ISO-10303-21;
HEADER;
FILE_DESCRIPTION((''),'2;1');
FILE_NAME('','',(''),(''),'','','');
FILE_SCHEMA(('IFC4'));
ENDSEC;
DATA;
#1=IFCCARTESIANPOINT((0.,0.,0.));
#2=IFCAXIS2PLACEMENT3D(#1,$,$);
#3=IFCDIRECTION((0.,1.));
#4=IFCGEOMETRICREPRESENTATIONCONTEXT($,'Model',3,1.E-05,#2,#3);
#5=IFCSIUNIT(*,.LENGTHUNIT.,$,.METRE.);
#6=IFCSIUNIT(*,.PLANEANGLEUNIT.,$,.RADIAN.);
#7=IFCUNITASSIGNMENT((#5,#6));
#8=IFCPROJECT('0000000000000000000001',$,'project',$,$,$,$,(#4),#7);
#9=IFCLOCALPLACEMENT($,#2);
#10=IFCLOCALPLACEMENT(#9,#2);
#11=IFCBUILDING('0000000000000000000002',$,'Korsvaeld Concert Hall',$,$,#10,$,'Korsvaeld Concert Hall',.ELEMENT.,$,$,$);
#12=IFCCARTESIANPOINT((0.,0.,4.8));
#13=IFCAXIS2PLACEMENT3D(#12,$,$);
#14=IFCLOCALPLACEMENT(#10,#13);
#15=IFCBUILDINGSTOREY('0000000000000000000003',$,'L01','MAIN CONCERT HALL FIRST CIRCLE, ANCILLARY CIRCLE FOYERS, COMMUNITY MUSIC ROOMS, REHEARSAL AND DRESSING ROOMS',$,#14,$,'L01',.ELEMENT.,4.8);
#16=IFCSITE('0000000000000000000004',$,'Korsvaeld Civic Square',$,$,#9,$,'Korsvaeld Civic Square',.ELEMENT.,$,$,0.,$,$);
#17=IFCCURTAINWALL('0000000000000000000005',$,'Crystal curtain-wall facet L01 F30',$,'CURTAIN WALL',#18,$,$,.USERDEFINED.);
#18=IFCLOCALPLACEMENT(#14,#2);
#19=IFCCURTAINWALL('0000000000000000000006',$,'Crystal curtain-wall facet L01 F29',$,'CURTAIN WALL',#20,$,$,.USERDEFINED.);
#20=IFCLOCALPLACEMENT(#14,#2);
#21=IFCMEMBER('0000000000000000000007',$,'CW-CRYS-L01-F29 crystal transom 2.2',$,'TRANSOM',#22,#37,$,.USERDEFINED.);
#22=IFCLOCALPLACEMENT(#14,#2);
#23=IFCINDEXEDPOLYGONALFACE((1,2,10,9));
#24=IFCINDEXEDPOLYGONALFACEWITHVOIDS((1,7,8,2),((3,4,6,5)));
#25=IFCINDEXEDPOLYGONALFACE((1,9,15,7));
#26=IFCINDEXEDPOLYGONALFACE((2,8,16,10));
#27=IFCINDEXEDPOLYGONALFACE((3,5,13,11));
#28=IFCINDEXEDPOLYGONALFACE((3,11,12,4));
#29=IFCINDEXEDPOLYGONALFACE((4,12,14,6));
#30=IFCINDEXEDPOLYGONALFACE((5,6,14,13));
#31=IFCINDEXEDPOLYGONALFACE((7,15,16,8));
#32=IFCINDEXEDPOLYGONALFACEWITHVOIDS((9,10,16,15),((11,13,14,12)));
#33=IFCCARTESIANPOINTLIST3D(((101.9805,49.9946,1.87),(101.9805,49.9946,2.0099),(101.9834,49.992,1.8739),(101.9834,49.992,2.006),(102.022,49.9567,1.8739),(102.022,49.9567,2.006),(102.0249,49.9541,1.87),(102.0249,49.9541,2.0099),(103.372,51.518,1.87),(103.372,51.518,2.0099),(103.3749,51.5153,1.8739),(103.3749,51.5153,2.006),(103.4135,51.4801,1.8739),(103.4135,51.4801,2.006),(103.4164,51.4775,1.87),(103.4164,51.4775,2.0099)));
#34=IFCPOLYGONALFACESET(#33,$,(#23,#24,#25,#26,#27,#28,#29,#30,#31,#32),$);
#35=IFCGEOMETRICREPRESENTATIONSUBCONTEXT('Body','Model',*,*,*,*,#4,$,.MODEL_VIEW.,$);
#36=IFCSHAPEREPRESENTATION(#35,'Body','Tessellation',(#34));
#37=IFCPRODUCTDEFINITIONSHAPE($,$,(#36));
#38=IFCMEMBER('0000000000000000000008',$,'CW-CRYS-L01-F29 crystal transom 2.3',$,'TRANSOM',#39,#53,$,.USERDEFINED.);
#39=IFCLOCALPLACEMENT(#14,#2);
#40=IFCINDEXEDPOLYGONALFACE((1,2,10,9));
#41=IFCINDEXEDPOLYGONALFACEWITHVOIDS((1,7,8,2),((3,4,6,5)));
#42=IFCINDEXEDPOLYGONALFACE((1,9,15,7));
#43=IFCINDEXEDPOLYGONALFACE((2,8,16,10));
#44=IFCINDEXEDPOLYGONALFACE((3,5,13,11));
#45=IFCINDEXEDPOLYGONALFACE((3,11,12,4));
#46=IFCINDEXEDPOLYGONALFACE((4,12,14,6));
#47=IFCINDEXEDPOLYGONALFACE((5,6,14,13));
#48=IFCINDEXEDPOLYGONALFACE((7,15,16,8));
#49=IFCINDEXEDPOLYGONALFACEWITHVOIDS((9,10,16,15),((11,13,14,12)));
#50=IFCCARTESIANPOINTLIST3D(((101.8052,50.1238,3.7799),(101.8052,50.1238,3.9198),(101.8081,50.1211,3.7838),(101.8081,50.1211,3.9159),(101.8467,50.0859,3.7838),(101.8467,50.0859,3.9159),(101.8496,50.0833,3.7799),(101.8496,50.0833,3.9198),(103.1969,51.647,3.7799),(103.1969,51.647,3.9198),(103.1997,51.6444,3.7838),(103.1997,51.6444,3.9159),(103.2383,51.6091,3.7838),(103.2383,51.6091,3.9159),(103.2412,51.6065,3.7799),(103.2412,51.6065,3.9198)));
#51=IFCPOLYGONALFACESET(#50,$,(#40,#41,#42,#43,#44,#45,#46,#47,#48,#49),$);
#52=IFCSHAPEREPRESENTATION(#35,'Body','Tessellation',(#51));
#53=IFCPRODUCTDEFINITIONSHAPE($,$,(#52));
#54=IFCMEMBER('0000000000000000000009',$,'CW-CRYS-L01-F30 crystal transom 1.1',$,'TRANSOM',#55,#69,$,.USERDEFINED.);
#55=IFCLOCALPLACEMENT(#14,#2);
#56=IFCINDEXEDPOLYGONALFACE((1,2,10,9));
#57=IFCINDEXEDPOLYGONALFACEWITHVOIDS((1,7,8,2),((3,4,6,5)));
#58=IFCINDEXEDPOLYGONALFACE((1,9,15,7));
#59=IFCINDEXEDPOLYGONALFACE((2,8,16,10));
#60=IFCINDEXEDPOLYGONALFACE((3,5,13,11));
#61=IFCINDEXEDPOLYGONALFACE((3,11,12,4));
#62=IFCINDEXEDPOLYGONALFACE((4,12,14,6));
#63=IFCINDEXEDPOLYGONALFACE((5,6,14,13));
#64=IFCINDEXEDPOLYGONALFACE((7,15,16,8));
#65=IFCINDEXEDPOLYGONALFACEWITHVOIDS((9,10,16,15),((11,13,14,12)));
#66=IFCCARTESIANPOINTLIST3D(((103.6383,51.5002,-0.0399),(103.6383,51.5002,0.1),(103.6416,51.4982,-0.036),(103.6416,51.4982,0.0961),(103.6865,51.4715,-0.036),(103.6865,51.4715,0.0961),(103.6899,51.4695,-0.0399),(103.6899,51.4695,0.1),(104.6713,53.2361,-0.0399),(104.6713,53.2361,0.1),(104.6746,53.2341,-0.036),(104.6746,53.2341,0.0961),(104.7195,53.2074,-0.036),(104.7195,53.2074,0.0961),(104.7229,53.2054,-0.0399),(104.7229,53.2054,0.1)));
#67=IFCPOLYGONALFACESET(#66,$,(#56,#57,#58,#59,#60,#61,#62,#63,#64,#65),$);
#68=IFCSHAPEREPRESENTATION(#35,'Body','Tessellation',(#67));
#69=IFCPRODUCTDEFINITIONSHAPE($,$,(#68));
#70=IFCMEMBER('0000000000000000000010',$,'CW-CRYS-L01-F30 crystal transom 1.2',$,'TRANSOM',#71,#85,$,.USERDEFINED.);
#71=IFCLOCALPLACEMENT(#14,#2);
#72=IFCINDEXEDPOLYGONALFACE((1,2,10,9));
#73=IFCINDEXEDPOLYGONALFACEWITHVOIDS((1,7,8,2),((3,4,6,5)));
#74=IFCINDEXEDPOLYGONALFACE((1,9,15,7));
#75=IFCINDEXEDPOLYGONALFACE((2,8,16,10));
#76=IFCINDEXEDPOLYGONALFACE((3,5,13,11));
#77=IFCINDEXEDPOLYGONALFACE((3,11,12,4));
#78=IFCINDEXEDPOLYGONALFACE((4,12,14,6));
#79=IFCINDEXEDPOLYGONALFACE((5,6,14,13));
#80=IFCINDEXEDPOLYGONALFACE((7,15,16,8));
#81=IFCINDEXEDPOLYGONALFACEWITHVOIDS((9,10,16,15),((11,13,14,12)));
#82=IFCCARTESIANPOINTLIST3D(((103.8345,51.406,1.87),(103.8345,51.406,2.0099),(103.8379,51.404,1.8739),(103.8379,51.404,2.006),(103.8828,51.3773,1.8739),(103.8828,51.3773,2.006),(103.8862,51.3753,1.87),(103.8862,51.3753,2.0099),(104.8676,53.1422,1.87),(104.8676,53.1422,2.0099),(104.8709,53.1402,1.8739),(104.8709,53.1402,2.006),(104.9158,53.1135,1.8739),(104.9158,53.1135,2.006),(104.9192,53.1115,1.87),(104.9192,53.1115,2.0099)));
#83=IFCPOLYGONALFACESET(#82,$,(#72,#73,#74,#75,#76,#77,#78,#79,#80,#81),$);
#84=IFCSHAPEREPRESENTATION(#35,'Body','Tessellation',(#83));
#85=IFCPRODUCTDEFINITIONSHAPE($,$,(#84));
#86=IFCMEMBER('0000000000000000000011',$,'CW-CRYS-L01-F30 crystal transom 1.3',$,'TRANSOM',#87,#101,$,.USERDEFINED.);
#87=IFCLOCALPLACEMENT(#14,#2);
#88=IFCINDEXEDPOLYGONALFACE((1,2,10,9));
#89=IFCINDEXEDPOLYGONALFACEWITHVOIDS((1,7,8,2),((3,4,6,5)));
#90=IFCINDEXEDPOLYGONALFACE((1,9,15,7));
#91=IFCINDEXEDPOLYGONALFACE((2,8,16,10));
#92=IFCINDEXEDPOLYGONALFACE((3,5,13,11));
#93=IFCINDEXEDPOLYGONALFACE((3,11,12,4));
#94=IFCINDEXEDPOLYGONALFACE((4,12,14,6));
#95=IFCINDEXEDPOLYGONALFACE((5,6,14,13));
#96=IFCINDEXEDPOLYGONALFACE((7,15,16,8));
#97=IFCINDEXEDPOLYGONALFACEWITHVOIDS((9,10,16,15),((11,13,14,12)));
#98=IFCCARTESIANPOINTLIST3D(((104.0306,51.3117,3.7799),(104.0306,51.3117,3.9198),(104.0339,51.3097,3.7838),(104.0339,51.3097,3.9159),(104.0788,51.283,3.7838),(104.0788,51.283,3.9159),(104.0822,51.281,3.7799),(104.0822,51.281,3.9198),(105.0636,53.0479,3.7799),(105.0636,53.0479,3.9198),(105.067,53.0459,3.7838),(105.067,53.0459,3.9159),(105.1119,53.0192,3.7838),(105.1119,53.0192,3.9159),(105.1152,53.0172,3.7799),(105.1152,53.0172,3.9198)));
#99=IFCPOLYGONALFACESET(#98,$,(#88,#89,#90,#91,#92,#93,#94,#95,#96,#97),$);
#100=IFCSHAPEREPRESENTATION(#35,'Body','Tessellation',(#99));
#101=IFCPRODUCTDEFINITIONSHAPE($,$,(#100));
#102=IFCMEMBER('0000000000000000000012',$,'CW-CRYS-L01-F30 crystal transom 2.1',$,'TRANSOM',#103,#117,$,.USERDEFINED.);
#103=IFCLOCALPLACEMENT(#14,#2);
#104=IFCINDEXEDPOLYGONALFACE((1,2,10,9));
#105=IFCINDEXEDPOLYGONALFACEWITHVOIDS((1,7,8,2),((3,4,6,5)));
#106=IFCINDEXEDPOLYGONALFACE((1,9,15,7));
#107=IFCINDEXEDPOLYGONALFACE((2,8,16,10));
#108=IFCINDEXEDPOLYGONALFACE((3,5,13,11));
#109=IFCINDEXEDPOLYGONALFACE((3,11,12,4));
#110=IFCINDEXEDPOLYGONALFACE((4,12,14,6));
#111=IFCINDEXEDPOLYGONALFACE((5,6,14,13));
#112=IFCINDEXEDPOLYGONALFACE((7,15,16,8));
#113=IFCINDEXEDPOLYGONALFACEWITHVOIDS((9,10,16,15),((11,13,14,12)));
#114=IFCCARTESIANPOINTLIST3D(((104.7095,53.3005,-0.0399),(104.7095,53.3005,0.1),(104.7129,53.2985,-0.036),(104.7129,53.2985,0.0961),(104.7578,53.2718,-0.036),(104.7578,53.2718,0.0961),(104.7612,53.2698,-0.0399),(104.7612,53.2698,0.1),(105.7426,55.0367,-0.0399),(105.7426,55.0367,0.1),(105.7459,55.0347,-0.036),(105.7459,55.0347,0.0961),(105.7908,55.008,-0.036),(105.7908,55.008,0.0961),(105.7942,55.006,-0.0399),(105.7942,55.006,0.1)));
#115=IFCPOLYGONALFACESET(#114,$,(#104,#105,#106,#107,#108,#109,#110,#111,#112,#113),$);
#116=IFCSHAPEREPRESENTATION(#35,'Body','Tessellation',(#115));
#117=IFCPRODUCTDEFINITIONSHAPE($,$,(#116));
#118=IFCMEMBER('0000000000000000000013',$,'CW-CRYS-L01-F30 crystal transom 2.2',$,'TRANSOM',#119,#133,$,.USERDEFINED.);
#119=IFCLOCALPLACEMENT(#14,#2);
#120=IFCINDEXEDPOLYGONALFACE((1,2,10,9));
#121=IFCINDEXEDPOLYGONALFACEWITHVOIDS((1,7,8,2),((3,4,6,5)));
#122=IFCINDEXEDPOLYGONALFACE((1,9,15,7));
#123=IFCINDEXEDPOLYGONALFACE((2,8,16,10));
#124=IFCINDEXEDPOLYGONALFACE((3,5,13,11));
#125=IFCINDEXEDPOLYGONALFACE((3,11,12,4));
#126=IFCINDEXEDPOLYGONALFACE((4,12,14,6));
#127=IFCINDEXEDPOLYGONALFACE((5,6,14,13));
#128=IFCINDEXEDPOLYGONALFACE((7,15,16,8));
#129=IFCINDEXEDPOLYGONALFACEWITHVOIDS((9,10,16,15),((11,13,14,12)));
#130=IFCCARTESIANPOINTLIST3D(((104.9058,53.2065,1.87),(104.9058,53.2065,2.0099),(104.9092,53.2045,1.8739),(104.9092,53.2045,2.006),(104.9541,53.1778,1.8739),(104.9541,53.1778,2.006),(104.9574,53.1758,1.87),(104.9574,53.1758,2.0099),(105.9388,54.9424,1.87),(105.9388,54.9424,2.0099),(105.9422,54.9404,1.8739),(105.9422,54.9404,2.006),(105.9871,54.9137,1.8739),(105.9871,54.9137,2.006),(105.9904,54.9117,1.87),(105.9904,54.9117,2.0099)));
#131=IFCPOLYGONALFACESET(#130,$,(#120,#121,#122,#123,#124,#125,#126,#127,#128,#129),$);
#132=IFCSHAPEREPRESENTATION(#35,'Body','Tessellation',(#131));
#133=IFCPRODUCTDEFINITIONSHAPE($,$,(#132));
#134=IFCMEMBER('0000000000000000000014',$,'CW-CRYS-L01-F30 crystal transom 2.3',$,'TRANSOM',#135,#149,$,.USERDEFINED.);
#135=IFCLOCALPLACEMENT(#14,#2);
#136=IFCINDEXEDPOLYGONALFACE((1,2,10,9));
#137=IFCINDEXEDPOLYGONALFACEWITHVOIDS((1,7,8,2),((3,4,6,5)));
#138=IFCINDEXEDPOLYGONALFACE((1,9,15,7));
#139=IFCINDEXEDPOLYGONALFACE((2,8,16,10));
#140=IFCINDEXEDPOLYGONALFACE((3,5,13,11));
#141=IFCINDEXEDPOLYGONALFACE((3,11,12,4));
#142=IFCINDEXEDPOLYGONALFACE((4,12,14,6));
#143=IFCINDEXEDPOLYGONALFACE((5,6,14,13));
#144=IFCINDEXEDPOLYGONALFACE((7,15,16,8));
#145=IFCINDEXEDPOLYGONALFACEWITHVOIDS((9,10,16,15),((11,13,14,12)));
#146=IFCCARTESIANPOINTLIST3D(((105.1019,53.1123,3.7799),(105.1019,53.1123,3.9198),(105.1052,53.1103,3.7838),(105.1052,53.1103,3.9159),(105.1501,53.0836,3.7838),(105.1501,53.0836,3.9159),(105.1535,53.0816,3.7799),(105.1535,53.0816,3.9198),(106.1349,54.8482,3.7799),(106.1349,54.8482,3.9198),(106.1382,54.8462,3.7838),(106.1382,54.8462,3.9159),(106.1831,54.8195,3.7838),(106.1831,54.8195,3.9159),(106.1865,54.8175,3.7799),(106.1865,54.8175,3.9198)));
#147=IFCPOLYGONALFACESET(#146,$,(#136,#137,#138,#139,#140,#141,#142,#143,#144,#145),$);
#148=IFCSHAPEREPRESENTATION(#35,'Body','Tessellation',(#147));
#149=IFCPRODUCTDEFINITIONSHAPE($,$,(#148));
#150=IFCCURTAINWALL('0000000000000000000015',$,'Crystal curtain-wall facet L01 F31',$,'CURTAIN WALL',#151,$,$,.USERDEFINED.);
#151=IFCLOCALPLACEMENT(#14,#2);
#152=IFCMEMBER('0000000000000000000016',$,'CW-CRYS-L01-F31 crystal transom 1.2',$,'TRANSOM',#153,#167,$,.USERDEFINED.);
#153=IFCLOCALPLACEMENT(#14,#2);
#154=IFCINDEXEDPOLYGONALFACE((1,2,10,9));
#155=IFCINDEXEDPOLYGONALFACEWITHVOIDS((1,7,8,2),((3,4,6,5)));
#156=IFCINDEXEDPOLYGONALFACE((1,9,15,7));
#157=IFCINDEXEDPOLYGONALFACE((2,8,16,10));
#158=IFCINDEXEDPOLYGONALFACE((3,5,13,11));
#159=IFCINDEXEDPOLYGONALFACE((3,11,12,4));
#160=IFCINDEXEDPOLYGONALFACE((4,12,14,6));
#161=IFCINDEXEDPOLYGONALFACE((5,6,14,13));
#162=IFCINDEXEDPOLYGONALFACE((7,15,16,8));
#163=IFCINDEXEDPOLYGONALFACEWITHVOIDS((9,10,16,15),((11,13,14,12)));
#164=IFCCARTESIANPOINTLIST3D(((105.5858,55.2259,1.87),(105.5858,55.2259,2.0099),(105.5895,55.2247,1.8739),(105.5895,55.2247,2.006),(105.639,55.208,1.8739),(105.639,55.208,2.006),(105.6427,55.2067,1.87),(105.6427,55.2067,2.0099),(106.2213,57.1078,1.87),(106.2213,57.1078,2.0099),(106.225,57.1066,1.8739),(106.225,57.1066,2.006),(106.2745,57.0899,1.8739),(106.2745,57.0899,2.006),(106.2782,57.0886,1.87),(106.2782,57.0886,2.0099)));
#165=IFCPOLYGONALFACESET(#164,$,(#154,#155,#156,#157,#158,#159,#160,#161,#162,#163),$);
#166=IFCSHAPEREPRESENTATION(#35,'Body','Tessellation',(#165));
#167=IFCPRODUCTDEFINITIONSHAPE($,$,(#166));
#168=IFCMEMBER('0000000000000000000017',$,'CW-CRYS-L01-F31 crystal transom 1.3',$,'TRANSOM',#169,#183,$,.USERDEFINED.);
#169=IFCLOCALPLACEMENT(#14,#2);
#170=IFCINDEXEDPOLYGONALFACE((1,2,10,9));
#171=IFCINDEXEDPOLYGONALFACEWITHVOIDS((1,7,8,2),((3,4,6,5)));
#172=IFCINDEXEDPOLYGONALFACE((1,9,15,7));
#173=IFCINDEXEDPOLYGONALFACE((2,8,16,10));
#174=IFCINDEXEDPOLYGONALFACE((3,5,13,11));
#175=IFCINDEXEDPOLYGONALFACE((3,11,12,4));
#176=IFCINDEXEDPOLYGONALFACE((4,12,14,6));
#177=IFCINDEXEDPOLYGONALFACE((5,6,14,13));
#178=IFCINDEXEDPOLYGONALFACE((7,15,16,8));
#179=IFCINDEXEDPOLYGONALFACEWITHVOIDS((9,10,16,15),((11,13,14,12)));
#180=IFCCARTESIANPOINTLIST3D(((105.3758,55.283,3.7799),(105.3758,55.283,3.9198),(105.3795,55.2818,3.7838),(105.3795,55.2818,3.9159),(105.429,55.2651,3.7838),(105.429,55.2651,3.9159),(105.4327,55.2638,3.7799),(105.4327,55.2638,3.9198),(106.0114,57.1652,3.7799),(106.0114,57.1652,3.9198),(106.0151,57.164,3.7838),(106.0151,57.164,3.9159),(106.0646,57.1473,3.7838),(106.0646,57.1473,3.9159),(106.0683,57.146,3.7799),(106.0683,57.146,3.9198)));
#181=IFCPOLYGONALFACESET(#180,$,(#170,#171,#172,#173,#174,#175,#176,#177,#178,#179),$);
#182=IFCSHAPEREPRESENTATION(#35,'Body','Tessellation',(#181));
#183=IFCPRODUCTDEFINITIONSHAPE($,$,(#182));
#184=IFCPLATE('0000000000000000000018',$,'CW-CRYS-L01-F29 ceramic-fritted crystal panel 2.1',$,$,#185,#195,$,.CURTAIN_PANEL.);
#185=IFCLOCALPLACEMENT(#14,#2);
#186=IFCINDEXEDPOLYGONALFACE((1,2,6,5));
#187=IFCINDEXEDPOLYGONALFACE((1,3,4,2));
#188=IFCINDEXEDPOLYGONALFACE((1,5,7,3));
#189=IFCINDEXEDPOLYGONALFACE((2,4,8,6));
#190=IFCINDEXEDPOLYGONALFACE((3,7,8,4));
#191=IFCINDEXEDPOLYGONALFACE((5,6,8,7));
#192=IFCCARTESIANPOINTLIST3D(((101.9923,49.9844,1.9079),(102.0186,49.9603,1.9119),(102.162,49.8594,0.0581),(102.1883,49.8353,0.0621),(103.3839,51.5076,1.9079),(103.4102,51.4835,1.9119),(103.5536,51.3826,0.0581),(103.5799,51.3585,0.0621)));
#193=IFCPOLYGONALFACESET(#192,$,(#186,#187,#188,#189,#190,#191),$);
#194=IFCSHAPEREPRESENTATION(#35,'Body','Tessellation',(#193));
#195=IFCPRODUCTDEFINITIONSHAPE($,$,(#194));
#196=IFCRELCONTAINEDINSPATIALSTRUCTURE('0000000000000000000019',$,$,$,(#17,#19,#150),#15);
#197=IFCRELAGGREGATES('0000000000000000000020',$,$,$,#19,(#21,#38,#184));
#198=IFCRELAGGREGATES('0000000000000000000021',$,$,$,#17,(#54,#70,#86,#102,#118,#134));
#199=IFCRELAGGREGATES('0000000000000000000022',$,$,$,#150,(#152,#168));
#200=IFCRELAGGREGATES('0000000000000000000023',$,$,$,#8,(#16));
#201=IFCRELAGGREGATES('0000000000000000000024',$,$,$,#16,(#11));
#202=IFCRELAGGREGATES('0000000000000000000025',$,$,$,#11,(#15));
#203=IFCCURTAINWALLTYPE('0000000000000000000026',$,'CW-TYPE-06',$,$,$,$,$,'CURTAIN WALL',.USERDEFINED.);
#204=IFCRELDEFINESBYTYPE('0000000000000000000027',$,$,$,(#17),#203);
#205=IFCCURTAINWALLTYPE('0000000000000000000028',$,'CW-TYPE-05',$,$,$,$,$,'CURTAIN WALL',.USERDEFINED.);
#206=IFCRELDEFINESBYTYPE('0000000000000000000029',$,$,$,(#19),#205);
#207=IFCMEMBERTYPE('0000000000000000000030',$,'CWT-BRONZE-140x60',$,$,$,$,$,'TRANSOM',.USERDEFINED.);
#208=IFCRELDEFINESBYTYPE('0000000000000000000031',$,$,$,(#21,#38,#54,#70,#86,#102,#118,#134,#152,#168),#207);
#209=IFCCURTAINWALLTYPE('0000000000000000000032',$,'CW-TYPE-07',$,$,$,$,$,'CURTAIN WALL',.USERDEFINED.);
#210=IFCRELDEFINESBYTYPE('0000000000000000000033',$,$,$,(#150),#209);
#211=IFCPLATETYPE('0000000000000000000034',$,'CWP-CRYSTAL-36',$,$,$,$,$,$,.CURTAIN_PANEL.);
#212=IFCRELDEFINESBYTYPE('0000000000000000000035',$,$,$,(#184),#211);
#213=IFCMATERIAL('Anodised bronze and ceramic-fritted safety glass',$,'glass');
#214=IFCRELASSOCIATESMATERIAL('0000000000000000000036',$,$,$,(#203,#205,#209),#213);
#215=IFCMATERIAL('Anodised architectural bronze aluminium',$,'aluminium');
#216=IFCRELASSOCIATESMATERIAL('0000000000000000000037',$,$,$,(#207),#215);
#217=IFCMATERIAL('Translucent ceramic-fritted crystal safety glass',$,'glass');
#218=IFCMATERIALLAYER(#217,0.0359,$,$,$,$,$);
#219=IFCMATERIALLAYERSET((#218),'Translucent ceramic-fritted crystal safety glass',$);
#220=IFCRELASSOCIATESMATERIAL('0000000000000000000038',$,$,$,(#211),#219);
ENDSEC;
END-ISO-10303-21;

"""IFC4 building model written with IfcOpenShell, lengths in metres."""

from ifc_helpers import new_model, si_unit, direction, frame, origin, origin_2d, place, context, subcontext, project, spatial, polyline, hollow_rectangle, outline, extrude, material, layer, layer_set, material_profile, profile_set, type_object, element, aggregate, save


model = new_model("IFC4")

# Units and contexts
model_context = context("Model", 3, precision=1e-05, world=origin(), true_north=direction((0.0, 1.0)))
body_context = subcontext(model_context, "Body", "Model", "MODEL_VIEW")
ifc_project = project(units=[si_unit("LENGTHUNIT", "METRE"), si_unit("PLANEANGLEUNIT", "RADIAN")], contexts=[model_context])

# Site, building, storey
site_placement = place(None, origin())
site = spatial("IfcSite", under=ifc_project, at=site_placement, Name="Korsvaeld Civic Square", LongName="Korsvaeld Civic Square", CompositionType="ELEMENT", RefElevation=0.0)
building_placement = place(site_placement, origin())
building = spatial("IfcBuilding", under=site, at=building_placement, Name="Korsvaeld Concert Hall", LongName="Korsvaeld Concert Hall", CompositionType="ELEMENT")
storey_placement = place(building_placement, frame((0.0, 0.0, 4.8)))
storey = spatial("IfcBuildingStorey", under=building, at=storey_placement, Name="L01", Description="MAIN CONCERT HALL FIRST CIRCLE, ANCILLARY CIRCLE FOYERS, COMMUNITY MUSIC ROOMS, REHEARSAL AND DRESSING ROOMS", LongName="L01", CompositionType="ELEMENT", Elevation=4.8)

# Curtain walls, members
ifc_material_1 = material(Name="Anodised bronze and ceramic-fritted safety glass", Category="glass")
curtain_wall_type_1 = type_object("IfcCurtainWallType", Name="CW-TYPE-06", ElementType="CURTAIN WALL", PredefinedType="USERDEFINED", material=ifc_material_1)
curtain_wall_1_placement = place(storey_placement, origin())
curtain_wall_1 = element("IfcCurtainWall", 1, at=curtain_wall_1_placement, inside=storey, type_object=curtain_wall_type_1, Name="Crystal curtain-wall facet L01 F30", ObjectType="CURTAIN WALL", PredefinedType="USERDEFINED")
ifc_material_2 = material(Name="Anodised architectural bronze aluminium", Category="aluminium")
curtain_wall_type_2 = type_object("IfcCurtainWallType", Name="CW-TYPE-05", ElementType="CURTAIN WALL", PredefinedType="USERDEFINED", material=ifc_material_1)
curtain_wall_2_placement = place(storey_placement, origin())
curtain_wall_2 = element("IfcCurtainWall", 2, at=curtain_wall_2_placement, inside=storey, type_object=curtain_wall_type_2, Name="Crystal curtain-wall facet L01 F29", ObjectType="CURTAIN WALL", PredefinedType="USERDEFINED")
ifc_material_profile_1 = material_profile(ifc_material_2, hollow_rectangle(XDim=0.0601, YDim=0.1399, WallThickness=0.0039, at=origin_2d()), Name="CWT 140x60x4")
ifc_profile_set_1 = profile_set([ifc_material_profile_1], Name="Anodised architectural bronze aluminium")
member_type_1 = type_object("IfcMemberType", Name="CWT-BRONZE-140x60", ElementType="TRANSOM", PredefinedType="USERDEFINED", material=ifc_profile_set_1)
member_1_placement = place(storey_placement, frame((102.0027, 49.9744, 1.9399), z_axis=(0.674438, 0.738332, 0.0), x_axis=(-0.738332, 0.674438, 0.0)))
member_1 = element("IfcMember", 3, at=member_1_placement, type_object=member_type_1, Name="CW-CRYS-L01-F29 crystal transom 2.2", ObjectType="TRANSOM", PredefinedType="USERDEFINED", context=body_context, shape_type="SweptSolid", body=[
    extrude(hollow_rectangle(XDim=0.0601, YDim=0.1399, WallThickness=0.0039, at=origin_2d()), origin(), (0.0, 0.0, 1.0), 2.0632),
])
member_2_placement = place(storey_placement, frame((101.8274, 50.1035, 3.8499), z_axis=(0.674497, 0.738278, 0.0), x_axis=(-0.738278, 0.674497, 0.0)))
member_2 = element("IfcMember", 4, at=member_2_placement, type_object=member_type_1, Name="CW-CRYS-L01-F29 crystal transom 2.3", ObjectType="TRANSOM", PredefinedType="USERDEFINED", context=body_context, shape_type="SweptSolid", body=[
    extrude(hollow_rectangle(XDim=0.0601, YDim=0.1399, WallThickness=0.0039, at=origin_2d()), origin(), (0.0, 0.0, 1.0), 2.0632),
])

# Members
member_3_placement = place(storey_placement, frame((103.6641, 51.4849, 0.03), z_axis=(0.511382, 0.859354, 0.0), x_axis=(-0.859354, 0.511382, 0.0)))
member_3 = element("IfcMember", 5, at=member_3_placement, type_object=member_type_1, Name="CW-CRYS-L01-F30 crystal transom 1.1", ObjectType="TRANSOM", PredefinedType="USERDEFINED", context=body_context, shape_type="SweptSolid", body=[
    extrude(hollow_rectangle(XDim=0.0601, YDim=0.1399, WallThickness=0.0039, at=origin_2d()), origin(), (0.0, 0.0, 1.0), 2.02),
])
member_4_placement = place(storey_placement, frame((103.8604, 51.3906, 1.9399), z_axis=(0.511329, 0.859385, 0.0), x_axis=(-0.859385, 0.511329, 0.0)))
member_4 = element("IfcMember", 6, at=member_4_placement, type_object=member_type_1, Name="CW-CRYS-L01-F30 crystal transom 1.2", ObjectType="TRANSOM", PredefinedType="USERDEFINED", context=body_context, shape_type="SweptSolid", body=[
    extrude(hollow_rectangle(XDim=0.0601, YDim=0.1399, WallThickness=0.0039, at=origin_2d()), origin(), (0.0, 0.0, 1.0), 2.0203),
])
member_5_placement = place(storey_placement, frame((104.0564, 51.2964, 3.8499), z_axis=(0.511329, 0.859385, 0.0), x_axis=(-0.859385, 0.511329, 0.0)))
member_5 = element("IfcMember", 7, at=member_5_placement, type_object=member_type_1, Name="CW-CRYS-L01-F30 crystal transom 1.3", ObjectType="TRANSOM", PredefinedType="USERDEFINED", context=body_context, shape_type="SweptSolid", body=[
    extrude(hollow_rectangle(XDim=0.0601, YDim=0.1399, WallThickness=0.0039, at=origin_2d()), origin(), (0.0, 0.0, 1.0), 2.0203),
])
member_6_placement = place(storey_placement, frame((104.7354, 53.2852, 0.03), z_axis=(0.511329, 0.859385, 0.0), x_axis=(-0.859385, 0.511329, 0.0)))
member_6 = element("IfcMember", 8, at=member_6_placement, type_object=member_type_1, Name="CW-CRYS-L01-F30 crystal transom 2.1", ObjectType="TRANSOM", PredefinedType="USERDEFINED", context=body_context, shape_type="SweptSolid", body=[
    extrude(hollow_rectangle(XDim=0.0601, YDim=0.1399, WallThickness=0.0039, at=origin_2d()), origin(), (0.0, 0.0, 1.0), 2.0203),
])
member_7_placement = place(storey_placement, frame((104.9316, 53.1912, 1.9399), z_axis=(0.511382, 0.859354, 0.0), x_axis=(-0.859354, 0.511382, 0.0)))
member_7 = element("IfcMember", 9, at=member_7_placement, type_object=member_type_1, Name="CW-CRYS-L01-F30 crystal transom 2.2", ObjectType="TRANSOM", PredefinedType="USERDEFINED", context=body_context, shape_type="SweptSolid", body=[
    extrude(hollow_rectangle(XDim=0.0601, YDim=0.1399, WallThickness=0.0039, at=origin_2d()), origin(), (0.0, 0.0, 1.0), 2.02),
])
member_8_placement = place(storey_placement, frame((105.1277, 53.0969, 3.8499), z_axis=(0.511382, 0.859354, 0.0), x_axis=(-0.859354, 0.511382, 0.0)))
member_8 = element("IfcMember", 10, at=member_8_placement, type_object=member_type_1, Name="CW-CRYS-L01-F30 crystal transom 2.3", ObjectType="TRANSOM", PredefinedType="USERDEFINED", context=body_context, shape_type="SweptSolid", body=[
    extrude(hollow_rectangle(XDim=0.0601, YDim=0.1399, WallThickness=0.0039, at=origin_2d()), origin(), (0.0, 0.0, 1.0), 2.02),
])

# Curtain wall, members
curtain_wall_type_3 = type_object("IfcCurtainWallType", Name="CW-TYPE-07", ElementType="CURTAIN WALL", PredefinedType="USERDEFINED", material=ifc_material_1)
curtain_wall_3_placement = place(storey_placement, origin())
curtain_wall_3 = element("IfcCurtainWall", 11, at=curtain_wall_3_placement, inside=storey, type_object=curtain_wall_type_3, Name="Crystal curtain-wall facet L01 F31", ObjectType="CURTAIN WALL", PredefinedType="USERDEFINED")
member_9_placement = place(storey_placement, frame((105.6143, 55.2163, 1.9399), z_axis=(0.31995, 0.947435, 0.0), x_axis=(-0.947435, 0.31995, 0.0)))
member_9 = element("IfcMember", 12, at=member_9_placement, type_object=member_type_1, Name="CW-CRYS-L01-F31 crystal transom 1.2", ObjectType="TRANSOM", PredefinedType="USERDEFINED", context=body_context, shape_type="SweptSolid", body=[
    extrude(hollow_rectangle(XDim=0.0601, YDim=0.1399, WallThickness=0.0039, at=origin_2d()), origin(), (0.0, 0.0, 1.0), 1.9863),
])
member_10_placement = place(storey_placement, frame((105.4043, 55.2734, 3.8499), z_axis=(0.319912, 0.947447, 0.0), x_axis=(-0.947447, 0.319912, 0.0)))
member_10 = element("IfcMember", 13, at=member_10_placement, type_object=member_type_1, Name="CW-CRYS-L01-F31 crystal transom 1.3", ObjectType="TRANSOM", PredefinedType="USERDEFINED", context=body_context, shape_type="SweptSolid", body=[
    extrude(hollow_rectangle(XDim=0.0601, YDim=0.1399, WallThickness=0.0039, at=origin_2d()), origin(), (0.0, 0.0, 1.0), 1.9866),
])

# Plate
ifc_material_3 = material(Name="Translucent ceramic-fritted crystal safety glass", Category="glass")
ifc_layer_1 = layer(ifc_material_3, 0.0359)
ifc_layer_set_1 = layer_set([ifc_layer_1], Name="Translucent ceramic-fritted crystal safety glass")
plate_type = type_object("IfcPlateType", Name="CWP-CRYSTAL-36", PredefinedType="CURTAIN_PANEL", material=ifc_layer_set_1)
plate_1_placement = place(storey_placement, frame((102.175, 49.8474, 0.0601), z_axis=(0.733585, -0.670209, 0.112576), x_axis=(0.674497, 0.738278, 0.0)))
plate_1 = element("IfcPlate", 14, at=plate_1_placement, type_object=plate_type, Name="CW-CRYS-L01-F29 ceramic-fritted crystal panel 2.1", PredefinedType="CURTAIN_PANEL", context=body_context, shape_type="SweptSolid", body=[
    extrude(outline(polyline([(0.0, 0.0), (2.0632, 0.0), (2.041, 1.8617), (-0.0222, 1.8617), (0.0, 0.0)])), frame((0.0, 0.0, 0.0181)), (0.0, 0.0, -1.0), 0.0359),
])
aggregate(curtain_wall_2, [member_1, member_2, plate_1])
aggregate(curtain_wall_1, [member_3, member_4, member_5, member_6, member_7, member_8])
aggregate(curtain_wall_3, [member_9, member_10])

save(model, "model.ifc")
